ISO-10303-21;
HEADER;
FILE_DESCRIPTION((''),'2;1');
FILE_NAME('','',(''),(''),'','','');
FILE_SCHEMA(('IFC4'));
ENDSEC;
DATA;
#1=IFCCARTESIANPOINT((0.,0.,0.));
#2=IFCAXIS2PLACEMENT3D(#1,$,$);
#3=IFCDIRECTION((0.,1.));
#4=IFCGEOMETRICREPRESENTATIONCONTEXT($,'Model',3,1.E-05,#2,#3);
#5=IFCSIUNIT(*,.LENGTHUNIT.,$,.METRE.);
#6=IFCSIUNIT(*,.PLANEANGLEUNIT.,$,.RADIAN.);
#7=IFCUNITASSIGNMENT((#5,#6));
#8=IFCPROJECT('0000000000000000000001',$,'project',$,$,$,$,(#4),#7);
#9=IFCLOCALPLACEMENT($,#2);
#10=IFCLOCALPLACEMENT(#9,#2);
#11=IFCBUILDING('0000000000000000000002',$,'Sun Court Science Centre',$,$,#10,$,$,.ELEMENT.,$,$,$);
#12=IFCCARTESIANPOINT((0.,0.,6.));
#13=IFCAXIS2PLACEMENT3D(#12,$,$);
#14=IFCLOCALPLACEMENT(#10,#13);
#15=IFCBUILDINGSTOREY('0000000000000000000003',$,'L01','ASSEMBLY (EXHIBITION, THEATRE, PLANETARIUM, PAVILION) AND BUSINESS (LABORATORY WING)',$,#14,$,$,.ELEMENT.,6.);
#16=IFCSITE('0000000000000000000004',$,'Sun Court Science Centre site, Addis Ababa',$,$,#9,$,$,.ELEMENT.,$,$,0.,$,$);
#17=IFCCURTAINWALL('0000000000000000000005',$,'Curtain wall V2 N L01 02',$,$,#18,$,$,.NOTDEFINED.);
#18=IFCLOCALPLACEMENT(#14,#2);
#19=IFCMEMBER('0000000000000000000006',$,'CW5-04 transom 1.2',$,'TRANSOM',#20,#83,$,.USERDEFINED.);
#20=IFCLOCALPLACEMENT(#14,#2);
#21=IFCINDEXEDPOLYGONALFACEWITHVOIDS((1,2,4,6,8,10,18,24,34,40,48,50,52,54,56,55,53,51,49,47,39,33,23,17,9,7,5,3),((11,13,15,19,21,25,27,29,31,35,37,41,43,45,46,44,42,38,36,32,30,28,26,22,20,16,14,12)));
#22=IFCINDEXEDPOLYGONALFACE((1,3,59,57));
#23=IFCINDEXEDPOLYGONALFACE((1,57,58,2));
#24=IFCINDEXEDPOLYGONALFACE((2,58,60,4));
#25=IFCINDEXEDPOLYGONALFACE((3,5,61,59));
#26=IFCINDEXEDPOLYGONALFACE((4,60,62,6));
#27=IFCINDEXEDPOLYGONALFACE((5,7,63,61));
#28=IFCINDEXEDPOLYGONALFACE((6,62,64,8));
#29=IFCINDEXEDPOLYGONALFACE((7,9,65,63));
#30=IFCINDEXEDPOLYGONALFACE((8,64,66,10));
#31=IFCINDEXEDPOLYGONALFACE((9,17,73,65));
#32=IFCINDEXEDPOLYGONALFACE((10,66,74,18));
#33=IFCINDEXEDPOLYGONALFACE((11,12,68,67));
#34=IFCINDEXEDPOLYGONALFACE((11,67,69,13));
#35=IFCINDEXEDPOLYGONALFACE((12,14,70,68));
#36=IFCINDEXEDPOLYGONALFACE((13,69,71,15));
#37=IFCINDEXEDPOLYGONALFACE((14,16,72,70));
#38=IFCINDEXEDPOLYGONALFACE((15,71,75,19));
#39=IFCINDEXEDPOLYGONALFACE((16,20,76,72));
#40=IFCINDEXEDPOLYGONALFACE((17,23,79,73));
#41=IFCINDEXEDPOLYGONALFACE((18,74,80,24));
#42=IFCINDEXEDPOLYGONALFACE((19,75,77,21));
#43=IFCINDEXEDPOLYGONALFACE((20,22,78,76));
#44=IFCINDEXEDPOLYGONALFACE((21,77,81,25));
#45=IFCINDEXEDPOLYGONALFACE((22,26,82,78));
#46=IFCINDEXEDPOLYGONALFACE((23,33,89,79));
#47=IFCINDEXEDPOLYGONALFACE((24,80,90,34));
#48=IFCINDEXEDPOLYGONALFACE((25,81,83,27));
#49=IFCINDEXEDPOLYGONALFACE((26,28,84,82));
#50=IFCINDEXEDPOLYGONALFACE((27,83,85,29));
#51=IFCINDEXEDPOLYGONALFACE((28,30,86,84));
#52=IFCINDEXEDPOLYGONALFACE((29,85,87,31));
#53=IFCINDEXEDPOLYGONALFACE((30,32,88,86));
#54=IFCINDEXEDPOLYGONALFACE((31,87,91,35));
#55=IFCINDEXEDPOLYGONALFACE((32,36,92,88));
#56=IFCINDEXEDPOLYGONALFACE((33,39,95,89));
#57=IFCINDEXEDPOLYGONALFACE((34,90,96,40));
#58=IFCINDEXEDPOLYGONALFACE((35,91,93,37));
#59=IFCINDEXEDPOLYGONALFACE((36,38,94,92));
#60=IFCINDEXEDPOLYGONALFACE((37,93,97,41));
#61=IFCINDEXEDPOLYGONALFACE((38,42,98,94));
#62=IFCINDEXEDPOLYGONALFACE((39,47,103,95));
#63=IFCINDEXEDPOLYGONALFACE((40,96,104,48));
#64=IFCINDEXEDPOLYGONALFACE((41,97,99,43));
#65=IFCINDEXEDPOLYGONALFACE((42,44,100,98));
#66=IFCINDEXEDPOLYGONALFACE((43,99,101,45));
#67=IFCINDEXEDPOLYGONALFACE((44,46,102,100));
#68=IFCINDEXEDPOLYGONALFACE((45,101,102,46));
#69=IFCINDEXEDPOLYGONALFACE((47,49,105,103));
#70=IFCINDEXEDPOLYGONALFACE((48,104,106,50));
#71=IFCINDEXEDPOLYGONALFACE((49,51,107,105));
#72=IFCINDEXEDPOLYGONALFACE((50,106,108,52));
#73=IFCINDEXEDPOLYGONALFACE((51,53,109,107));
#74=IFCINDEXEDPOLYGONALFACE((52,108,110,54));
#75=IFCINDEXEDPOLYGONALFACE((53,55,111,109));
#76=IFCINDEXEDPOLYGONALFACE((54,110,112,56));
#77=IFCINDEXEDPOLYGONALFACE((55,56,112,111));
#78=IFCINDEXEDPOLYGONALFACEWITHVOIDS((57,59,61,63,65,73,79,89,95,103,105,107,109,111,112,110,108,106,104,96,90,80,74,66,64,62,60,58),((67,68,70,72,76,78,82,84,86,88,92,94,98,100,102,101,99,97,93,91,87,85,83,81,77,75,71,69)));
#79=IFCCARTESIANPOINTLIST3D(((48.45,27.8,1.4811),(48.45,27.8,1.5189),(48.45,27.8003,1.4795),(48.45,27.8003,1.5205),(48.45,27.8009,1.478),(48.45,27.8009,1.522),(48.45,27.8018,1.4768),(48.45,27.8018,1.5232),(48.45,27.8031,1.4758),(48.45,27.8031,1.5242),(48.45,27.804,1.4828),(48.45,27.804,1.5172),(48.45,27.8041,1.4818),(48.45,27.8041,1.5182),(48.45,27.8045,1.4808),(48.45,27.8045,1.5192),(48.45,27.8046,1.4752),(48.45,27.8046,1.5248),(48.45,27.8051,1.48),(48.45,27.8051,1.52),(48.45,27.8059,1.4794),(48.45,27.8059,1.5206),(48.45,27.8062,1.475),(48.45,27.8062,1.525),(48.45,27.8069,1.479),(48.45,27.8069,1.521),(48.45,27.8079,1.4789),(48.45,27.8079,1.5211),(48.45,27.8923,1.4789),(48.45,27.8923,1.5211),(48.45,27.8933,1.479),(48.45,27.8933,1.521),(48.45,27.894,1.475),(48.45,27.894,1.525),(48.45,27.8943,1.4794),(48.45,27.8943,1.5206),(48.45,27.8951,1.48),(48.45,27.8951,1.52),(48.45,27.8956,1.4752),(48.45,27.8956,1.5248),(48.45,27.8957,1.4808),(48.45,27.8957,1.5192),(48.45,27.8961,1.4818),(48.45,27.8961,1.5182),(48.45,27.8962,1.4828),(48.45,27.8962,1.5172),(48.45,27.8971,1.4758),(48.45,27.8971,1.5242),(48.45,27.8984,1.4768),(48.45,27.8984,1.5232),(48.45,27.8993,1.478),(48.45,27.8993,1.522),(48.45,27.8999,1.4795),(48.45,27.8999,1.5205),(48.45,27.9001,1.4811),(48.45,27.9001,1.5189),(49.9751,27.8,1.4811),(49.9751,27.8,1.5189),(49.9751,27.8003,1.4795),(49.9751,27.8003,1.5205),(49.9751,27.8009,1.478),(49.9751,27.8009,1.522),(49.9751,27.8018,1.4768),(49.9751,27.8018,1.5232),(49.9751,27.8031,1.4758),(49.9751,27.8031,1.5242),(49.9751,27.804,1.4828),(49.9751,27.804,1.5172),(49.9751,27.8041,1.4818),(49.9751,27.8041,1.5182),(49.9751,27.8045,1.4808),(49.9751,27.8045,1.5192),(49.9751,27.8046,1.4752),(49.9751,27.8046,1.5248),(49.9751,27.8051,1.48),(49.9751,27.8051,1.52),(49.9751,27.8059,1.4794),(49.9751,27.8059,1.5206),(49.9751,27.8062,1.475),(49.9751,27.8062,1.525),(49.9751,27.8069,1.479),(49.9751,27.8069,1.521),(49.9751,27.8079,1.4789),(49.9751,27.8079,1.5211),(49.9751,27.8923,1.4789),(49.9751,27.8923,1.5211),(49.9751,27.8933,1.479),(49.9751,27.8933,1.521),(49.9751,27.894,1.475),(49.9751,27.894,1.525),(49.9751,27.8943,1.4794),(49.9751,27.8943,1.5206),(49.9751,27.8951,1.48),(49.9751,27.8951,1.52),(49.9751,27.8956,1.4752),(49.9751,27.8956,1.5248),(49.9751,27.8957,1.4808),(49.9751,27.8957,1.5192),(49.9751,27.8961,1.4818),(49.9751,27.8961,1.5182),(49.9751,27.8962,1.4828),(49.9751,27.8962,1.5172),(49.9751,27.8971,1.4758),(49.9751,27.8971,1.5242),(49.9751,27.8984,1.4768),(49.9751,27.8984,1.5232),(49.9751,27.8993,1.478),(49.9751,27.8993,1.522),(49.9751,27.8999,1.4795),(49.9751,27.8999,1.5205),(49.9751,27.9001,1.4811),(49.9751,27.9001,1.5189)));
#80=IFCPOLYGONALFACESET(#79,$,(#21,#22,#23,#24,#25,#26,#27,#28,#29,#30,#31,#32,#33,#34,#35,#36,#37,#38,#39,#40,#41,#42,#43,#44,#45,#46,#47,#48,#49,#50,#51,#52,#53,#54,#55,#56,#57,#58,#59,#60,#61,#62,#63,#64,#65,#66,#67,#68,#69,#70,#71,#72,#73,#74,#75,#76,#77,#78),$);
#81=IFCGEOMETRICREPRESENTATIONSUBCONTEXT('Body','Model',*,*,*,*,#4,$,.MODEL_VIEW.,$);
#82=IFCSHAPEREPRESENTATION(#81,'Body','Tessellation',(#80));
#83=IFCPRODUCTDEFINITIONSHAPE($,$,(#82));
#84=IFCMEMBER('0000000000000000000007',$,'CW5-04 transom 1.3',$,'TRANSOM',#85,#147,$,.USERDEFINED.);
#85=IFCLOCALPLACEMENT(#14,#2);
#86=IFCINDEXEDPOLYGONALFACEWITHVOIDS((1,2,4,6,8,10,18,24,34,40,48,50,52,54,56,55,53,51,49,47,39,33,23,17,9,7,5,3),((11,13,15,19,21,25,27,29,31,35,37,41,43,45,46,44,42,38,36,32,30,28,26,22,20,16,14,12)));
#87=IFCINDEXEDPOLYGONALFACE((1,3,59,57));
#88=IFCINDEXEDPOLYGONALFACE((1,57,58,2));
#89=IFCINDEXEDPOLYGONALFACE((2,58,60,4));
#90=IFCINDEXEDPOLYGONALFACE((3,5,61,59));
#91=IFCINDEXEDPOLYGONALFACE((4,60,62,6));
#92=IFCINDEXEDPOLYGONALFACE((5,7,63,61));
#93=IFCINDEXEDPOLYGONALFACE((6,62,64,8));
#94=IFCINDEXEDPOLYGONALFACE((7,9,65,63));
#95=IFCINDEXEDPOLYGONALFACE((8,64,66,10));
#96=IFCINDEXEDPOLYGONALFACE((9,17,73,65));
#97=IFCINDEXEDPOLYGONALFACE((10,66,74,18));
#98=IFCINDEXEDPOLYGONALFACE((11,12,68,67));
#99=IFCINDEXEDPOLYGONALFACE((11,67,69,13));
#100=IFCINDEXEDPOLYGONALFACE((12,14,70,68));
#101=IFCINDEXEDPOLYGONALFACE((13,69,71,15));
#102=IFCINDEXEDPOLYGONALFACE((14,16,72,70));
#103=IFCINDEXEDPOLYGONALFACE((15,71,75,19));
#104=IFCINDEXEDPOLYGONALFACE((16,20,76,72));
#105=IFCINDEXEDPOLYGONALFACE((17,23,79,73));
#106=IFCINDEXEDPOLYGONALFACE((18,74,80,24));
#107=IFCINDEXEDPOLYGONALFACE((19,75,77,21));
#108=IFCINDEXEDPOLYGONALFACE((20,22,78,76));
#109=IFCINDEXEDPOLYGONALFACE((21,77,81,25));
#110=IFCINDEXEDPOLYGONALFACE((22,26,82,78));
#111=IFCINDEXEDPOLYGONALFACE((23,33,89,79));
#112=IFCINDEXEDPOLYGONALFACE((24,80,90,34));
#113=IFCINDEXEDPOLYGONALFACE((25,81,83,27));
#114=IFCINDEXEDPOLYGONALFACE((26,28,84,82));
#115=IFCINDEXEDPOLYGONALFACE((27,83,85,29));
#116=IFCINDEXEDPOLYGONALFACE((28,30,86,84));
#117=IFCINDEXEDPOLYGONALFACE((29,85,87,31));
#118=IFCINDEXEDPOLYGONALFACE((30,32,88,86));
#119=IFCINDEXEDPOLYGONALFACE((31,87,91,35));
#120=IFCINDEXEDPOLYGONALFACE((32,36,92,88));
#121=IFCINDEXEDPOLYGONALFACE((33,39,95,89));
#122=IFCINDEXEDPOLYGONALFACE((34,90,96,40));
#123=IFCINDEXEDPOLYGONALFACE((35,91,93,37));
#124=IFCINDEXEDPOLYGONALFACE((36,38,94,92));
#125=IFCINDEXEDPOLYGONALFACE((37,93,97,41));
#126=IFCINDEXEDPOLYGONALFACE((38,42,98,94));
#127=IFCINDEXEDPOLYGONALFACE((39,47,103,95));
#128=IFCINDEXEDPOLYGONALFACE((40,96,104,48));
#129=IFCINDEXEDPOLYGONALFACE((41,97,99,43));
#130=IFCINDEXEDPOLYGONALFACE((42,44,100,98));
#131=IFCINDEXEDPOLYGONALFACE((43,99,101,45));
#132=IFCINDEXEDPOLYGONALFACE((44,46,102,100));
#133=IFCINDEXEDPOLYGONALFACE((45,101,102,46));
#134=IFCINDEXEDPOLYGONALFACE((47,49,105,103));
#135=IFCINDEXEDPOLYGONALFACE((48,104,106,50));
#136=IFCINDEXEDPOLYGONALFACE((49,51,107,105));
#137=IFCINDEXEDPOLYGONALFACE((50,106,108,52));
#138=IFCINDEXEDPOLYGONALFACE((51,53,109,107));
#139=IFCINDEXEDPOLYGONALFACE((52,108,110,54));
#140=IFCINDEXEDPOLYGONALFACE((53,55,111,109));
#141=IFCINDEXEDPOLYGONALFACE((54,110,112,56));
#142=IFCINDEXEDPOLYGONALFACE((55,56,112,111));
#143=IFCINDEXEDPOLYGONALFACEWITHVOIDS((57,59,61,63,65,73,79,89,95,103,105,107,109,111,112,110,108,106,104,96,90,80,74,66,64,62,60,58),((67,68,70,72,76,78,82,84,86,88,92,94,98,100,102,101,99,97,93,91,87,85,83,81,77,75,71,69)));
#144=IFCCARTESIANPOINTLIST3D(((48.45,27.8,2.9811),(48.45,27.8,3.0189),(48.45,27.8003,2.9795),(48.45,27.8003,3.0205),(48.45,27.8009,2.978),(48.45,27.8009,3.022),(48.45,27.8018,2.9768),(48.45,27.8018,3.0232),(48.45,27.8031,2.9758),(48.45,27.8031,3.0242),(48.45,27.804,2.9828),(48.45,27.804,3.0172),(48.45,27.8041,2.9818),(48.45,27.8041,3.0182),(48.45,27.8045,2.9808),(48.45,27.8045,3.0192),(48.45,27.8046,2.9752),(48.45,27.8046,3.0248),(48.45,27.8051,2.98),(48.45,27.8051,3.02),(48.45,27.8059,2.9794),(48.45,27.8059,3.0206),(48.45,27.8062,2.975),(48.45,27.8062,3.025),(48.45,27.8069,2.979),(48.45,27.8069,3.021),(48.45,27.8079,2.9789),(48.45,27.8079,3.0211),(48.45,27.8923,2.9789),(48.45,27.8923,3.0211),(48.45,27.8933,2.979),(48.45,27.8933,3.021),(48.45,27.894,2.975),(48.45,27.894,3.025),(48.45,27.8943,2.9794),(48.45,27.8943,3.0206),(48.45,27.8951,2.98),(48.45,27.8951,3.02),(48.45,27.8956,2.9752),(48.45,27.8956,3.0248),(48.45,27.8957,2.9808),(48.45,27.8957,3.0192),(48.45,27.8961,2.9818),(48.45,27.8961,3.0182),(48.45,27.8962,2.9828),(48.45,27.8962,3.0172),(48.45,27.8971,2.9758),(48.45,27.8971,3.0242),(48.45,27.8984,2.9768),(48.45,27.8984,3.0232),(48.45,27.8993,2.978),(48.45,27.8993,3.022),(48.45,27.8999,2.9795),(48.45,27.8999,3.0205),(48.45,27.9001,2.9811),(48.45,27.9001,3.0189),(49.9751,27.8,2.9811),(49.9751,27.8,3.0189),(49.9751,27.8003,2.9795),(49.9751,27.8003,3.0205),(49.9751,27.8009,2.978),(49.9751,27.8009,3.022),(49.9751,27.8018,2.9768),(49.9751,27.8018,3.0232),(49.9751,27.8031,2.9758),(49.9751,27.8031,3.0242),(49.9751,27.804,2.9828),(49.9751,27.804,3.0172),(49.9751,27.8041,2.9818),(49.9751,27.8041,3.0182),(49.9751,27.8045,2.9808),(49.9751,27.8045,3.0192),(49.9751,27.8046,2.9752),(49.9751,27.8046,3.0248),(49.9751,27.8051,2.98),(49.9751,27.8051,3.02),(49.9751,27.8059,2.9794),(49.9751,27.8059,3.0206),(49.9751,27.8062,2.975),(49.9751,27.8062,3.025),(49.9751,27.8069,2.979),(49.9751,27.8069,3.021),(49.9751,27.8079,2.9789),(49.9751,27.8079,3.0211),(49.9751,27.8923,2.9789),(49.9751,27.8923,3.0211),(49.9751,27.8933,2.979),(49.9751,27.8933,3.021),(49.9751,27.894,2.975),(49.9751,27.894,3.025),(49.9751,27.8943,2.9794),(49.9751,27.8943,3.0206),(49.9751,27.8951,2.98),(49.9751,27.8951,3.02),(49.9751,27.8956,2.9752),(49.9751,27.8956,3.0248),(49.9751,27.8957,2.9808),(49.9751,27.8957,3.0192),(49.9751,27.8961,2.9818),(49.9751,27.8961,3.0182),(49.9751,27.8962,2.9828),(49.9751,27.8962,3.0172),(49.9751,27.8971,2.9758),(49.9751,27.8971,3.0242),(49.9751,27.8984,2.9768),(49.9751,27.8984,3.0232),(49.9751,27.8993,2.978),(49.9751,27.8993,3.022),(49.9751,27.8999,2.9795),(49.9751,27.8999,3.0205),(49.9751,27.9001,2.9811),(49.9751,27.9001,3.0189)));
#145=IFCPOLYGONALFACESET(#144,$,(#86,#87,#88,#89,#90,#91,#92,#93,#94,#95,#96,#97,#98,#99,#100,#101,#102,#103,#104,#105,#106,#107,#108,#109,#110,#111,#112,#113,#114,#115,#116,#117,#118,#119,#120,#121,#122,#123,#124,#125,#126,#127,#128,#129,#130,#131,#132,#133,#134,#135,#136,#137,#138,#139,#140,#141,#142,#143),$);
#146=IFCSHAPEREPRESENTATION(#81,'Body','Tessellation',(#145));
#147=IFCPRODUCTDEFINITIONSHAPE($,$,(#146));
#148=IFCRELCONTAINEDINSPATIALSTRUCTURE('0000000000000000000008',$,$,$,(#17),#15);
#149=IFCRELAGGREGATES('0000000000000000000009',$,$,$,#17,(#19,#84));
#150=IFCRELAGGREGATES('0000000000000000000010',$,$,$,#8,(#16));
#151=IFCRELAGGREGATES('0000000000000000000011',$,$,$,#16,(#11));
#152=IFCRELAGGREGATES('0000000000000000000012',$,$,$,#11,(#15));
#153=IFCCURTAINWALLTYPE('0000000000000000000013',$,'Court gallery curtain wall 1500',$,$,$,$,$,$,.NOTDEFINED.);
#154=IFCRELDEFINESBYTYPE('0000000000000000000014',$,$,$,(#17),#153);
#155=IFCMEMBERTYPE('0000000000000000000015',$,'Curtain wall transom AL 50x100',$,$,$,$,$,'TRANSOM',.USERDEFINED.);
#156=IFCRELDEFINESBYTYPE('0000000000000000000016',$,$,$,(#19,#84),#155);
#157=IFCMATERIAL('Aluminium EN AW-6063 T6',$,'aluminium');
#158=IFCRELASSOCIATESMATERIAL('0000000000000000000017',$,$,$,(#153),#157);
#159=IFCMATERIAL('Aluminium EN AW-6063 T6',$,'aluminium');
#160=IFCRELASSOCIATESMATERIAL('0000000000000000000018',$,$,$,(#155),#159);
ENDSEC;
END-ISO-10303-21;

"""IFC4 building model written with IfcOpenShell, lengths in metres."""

from ifc_helpers import new_model, si_unit, direction, frame, origin, origin_2d, place, context, subcontext, project, spatial, hollow_rectangle, extrude, material, material_profile, profile_set, type_object, element, aggregate, save


model = new_model("IFC4")

# Units and contexts
model_context = context("Model", 3, precision=1e-05, world=origin(), true_north=direction((0.0, 1.0)))
body_context = subcontext(model_context, "Body", "Model", "MODEL_VIEW")
ifc_project = project(units=[si_unit("LENGTHUNIT", "METRE"), si_unit("PLANEANGLEUNIT", "RADIAN")], contexts=[model_context])

# Site, building, storey
site_placement = place(None, origin())
site = spatial("IfcSite", under=ifc_project, at=site_placement, Name="Sun Court Science Centre site, Addis Ababa", CompositionType="ELEMENT", RefElevation=0.0)
building_placement = place(site_placement, origin())
building = spatial("IfcBuilding", under=site, at=building_placement, Name="Sun Court Science Centre", CompositionType="ELEMENT")
storey_placement = place(building_placement, frame((0.0, 0.0, 6.0)))
storey = spatial("IfcBuildingStorey", under=building, at=storey_placement, Name="L01", Description="ASSEMBLY (EXHIBITION, THEATRE, PLANETARIUM, PAVILION) AND BUSINESS (LABORATORY WING)", CompositionType="ELEMENT", Elevation=6.0)

# Curtain wall
ifc_material_1 = material(Name="Aluminium EN AW-6063 T6", Category="aluminium")
curtain_wall_type_1 = type_object("IfcCurtainWallType", Name="Court gallery curtain wall 1500", PredefinedType="NOTDEFINED", material=ifc_material_1)
curtain_wall_1_placement = place(storey_placement, origin())
curtain_wall_1 = element("IfcCurtainWall", 1, at=curtain_wall_1_placement, inside=storey, type_object=curtain_wall_type_1, Name="Curtain wall V2 N L01 02", PredefinedType="NOTDEFINED")

# Members
ifc_material_2 = material(Name="Aluminium EN AW-6063 T6", Category="aluminium")
ifc_material_profile_1 = material_profile(ifc_material_2, hollow_rectangle(XDim=0.05, YDim=0.1001, WallThickness=0.0039, InnerFilletRadius=0.0039, OuterFilletRadius=0.0061, at=origin_2d()), Name="AL 50x100x4")
ifc_profile_set_1 = profile_set([ifc_material_profile_1], Name="Aluminium EN AW-6063 T6")
member_type_1 = type_object("IfcMemberType", Name="Curtain wall transom AL 50x100", ElementType="TRANSOM", PredefinedType="USERDEFINED", material=ifc_profile_set_1)
member_1_placement = place(storey_placement, frame((48.45, 27.8501, 1.5), z_axis=(1.0, 0.0, 0.0), x_axis=(0.0, 0.0, 1.0)))
member_1 = element("IfcMember", 2, at=member_1_placement, type_object=member_type_1, Name="CW5-04 transom 1.2", ObjectType="TRANSOM", PredefinedType="USERDEFINED", context=body_context, shape_type="SweptSolid", body=[
    extrude(hollow_rectangle(XDim=0.05, YDim=0.1001, WallThickness=0.0039, InnerFilletRadius=0.0039, OuterFilletRadius=0.0061, at=origin_2d()), origin(), (0.0, 0.0, 1.0), 1.5251),
])
member_2_placement = place(storey_placement, frame((48.45, 27.8501, 3.0), z_axis=(1.0, 0.0, 0.0), x_axis=(0.0, 0.0, 1.0)))
member_2 = element("IfcMember", 3, at=member_2_placement, type_object=member_type_1, Name="CW5-04 transom 1.3", ObjectType="TRANSOM", PredefinedType="USERDEFINED", context=body_context, shape_type="SweptSolid", body=[
    extrude(hollow_rectangle(XDim=0.05, YDim=0.1001, WallThickness=0.0039, InnerFilletRadius=0.0039, OuterFilletRadius=0.0061, at=origin_2d()), origin(), (0.0, 0.0, 1.0), 1.5251),
])
aggregate(curtain_wall_1, [member_1, member_2])

save(model, "model.ifc")
